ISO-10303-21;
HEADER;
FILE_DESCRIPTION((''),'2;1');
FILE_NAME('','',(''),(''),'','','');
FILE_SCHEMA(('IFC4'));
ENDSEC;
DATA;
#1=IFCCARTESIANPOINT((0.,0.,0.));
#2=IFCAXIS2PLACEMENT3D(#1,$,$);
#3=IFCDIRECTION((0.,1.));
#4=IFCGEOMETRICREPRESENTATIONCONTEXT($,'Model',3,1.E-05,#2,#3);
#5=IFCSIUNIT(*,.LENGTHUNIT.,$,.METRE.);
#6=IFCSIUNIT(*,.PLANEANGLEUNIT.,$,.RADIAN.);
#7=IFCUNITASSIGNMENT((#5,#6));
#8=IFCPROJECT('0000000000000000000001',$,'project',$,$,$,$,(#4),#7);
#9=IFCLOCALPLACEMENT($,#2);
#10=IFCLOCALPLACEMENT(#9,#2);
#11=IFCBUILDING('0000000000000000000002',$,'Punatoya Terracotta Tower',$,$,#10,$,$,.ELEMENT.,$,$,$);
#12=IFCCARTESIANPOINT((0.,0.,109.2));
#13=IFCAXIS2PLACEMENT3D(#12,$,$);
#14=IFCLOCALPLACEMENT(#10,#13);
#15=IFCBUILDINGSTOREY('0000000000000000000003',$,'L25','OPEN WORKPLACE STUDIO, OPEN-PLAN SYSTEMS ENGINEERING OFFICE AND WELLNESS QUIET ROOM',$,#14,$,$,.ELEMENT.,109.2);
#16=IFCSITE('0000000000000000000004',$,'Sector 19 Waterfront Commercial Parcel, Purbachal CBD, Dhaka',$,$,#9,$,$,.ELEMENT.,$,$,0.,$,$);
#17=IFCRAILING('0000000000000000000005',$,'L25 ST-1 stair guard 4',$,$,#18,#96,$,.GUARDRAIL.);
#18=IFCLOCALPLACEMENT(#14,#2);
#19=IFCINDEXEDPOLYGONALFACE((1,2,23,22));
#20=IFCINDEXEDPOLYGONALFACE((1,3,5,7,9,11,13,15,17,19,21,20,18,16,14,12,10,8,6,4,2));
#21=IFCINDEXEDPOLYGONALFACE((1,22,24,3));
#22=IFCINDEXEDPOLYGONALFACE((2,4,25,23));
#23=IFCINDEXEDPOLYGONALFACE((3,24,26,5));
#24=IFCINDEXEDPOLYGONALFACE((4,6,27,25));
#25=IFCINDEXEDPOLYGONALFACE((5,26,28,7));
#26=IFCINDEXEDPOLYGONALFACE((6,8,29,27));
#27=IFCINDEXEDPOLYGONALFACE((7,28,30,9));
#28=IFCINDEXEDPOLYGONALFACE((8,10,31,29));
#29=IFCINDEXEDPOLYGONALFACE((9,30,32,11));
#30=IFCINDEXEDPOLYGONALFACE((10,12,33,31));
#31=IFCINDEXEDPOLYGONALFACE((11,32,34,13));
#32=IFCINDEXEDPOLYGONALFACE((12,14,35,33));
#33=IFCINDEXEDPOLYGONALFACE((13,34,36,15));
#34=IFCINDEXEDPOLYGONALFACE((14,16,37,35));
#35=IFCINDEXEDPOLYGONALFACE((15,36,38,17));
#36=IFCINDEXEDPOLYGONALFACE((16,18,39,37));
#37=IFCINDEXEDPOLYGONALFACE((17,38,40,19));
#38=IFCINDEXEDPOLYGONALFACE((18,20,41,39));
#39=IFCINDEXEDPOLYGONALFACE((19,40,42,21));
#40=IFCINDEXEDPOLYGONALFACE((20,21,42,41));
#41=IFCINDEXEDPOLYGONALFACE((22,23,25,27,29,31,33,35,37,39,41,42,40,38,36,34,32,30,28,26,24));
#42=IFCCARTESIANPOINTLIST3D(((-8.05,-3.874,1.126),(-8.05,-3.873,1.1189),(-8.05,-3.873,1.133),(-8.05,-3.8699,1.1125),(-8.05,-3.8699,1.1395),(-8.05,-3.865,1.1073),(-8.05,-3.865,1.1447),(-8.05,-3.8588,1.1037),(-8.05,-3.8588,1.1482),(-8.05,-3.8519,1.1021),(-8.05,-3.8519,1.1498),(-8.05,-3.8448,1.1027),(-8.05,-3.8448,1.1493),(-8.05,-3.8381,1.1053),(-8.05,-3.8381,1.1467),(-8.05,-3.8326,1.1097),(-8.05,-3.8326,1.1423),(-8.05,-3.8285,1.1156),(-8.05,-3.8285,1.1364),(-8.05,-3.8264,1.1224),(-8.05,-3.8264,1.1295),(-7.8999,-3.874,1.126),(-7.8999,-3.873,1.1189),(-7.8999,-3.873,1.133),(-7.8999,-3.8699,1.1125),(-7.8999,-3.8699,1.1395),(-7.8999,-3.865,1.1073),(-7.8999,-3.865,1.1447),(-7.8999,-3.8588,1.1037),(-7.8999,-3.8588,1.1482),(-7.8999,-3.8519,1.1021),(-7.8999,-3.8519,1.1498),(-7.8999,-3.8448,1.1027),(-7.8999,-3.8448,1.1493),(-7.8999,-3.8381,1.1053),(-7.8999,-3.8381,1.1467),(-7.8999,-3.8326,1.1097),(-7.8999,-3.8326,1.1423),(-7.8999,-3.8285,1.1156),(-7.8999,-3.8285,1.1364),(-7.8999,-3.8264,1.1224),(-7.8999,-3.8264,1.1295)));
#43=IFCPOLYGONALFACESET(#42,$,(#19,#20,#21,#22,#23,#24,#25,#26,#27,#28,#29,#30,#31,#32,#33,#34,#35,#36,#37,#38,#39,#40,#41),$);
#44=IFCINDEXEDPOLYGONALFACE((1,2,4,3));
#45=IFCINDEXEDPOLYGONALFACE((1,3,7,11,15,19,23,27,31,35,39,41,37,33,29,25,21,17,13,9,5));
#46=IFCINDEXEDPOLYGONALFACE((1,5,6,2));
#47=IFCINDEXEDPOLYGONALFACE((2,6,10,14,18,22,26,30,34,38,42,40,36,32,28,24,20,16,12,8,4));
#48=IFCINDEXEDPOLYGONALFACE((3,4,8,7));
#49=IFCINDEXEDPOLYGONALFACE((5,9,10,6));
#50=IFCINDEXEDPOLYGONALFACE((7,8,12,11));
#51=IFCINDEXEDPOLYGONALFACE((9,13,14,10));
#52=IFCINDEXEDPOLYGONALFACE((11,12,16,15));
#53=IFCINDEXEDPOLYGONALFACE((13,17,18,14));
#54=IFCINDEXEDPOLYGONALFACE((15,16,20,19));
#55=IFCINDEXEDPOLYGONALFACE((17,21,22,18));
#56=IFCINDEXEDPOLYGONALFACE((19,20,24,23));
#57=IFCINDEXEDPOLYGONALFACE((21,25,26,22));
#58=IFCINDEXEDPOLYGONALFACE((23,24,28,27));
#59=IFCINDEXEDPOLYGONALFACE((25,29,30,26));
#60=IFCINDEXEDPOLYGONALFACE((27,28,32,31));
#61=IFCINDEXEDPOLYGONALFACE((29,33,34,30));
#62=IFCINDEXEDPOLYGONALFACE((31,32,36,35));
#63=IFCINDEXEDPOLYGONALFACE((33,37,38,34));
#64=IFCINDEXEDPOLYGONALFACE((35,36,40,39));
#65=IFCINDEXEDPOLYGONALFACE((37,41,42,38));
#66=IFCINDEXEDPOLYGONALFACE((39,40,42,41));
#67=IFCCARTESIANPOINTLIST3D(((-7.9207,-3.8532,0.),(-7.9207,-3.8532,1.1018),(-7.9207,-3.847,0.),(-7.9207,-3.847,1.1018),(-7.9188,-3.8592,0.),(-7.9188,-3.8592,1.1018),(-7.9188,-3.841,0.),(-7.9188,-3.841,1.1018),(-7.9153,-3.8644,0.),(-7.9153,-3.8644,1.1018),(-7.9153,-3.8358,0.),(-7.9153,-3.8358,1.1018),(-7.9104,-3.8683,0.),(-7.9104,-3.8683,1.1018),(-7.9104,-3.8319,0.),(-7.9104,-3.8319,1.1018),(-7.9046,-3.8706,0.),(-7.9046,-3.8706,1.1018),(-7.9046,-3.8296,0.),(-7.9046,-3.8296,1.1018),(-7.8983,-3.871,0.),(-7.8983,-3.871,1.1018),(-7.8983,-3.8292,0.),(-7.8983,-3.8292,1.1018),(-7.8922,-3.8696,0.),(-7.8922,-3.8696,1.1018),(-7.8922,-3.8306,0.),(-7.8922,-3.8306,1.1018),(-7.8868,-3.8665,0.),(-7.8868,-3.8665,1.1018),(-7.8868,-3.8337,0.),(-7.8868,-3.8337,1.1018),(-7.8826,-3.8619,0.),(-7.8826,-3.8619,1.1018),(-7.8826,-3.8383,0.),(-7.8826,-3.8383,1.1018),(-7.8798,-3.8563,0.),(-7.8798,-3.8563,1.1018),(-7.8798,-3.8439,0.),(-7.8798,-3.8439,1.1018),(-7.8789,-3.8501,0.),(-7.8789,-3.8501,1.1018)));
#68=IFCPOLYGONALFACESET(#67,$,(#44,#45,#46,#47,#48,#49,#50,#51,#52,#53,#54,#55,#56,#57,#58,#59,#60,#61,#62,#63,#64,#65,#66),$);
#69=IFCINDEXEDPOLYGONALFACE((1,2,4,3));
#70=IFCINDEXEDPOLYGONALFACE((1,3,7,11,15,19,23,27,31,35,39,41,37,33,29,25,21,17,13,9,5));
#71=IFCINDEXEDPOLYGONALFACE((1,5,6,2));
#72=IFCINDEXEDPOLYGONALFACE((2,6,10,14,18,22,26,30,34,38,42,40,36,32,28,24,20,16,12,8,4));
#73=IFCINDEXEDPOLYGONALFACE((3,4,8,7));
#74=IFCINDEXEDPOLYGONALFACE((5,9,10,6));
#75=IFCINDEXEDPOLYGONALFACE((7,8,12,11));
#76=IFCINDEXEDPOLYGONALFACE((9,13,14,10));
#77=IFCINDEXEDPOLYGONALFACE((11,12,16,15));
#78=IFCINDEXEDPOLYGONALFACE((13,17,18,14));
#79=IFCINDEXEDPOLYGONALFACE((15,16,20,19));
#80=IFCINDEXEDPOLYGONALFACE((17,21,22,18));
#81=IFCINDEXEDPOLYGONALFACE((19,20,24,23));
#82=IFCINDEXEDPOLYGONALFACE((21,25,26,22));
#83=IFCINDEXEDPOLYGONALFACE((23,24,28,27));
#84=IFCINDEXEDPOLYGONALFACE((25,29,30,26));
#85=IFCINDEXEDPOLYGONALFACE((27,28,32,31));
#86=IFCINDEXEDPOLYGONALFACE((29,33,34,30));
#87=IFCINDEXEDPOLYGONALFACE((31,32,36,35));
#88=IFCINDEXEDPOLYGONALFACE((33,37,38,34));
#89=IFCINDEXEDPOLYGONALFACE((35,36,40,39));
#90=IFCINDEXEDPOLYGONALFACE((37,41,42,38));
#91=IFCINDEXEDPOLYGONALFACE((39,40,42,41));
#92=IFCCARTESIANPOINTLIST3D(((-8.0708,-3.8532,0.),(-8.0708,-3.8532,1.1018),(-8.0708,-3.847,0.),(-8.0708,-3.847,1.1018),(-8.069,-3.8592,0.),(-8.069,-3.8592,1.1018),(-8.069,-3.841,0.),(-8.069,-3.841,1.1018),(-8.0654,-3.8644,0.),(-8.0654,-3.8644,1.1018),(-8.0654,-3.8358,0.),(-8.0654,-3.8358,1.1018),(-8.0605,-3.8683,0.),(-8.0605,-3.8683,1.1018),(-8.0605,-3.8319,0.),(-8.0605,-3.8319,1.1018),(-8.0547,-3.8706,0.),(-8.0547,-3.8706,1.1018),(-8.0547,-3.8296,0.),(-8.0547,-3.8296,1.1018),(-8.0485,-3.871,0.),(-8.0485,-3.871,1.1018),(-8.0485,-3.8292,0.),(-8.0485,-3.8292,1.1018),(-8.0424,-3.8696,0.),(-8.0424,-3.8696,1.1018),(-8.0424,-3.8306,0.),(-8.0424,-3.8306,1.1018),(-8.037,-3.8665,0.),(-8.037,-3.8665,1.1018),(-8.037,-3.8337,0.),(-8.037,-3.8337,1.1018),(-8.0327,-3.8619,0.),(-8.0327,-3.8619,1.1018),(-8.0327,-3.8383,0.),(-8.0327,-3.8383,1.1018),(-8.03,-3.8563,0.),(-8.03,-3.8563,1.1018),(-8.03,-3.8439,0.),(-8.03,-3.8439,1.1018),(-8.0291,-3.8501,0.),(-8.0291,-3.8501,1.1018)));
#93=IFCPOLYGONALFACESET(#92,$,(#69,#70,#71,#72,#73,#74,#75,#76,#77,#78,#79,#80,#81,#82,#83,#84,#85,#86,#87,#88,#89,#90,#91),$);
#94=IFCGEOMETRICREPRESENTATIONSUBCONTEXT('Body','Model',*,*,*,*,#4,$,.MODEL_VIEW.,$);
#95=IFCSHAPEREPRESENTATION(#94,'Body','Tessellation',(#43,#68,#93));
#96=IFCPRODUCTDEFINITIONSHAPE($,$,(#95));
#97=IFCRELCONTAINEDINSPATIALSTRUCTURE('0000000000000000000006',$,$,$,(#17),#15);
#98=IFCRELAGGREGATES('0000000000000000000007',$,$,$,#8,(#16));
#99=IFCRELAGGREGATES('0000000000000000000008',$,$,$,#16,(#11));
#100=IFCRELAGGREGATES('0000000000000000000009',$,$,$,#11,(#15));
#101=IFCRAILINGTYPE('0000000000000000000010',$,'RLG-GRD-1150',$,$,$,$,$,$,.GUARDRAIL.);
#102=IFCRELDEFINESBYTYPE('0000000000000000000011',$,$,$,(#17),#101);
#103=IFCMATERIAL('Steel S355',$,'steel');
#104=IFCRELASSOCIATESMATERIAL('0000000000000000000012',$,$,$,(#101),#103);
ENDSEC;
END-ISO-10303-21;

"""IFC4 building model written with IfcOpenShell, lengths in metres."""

from ifc_helpers import new_model, si_unit, direction, frame, origin, origin_2d, place, context, subcontext, project, spatial, circle, extrude, material, type_object, element, save


model = new_model("IFC4")

# Units and contexts
model_context = context("Model", 3, precision=1e-05, world=origin(), true_north=direction((0.0, 1.0)))
body_context = subcontext(model_context, "Body", "Model", "MODEL_VIEW")
ifc_project = project(units=[si_unit("LENGTHUNIT", "METRE"), si_unit("PLANEANGLEUNIT", "RADIAN")], contexts=[model_context])

# Site, building, storey
site_placement = place(None, origin())
site = spatial("IfcSite", under=ifc_project, at=site_placement, Name="Sector 19 Waterfront Commercial Parcel, Purbachal CBD, Dhaka", CompositionType="ELEMENT", RefElevation=0.0)
building_placement = place(site_placement, origin())
building = spatial("IfcBuilding", under=site, at=building_placement, Name="Punatoya Terracotta Tower", CompositionType="ELEMENT")
storey_placement = place(building_placement, frame((0.0, 0.0, 109.2)))
storey = spatial("IfcBuildingStorey", under=building, at=storey_placement, Name="L25", Description="OPEN WORKPLACE STUDIO, OPEN-PLAN SYSTEMS ENGINEERING OFFICE AND WELLNESS QUIET ROOM", CompositionType="ELEMENT", Elevation=109.2)

# Railing
ifc_material_1 = material(Name="Steel S355", Category="steel")
railing_type_1 = type_object("IfcRailingType", Name="RLG-GRD-1150", PredefinedType="GUARDRAIL", material=ifc_material_1)
railing_1_placement = place(storey_placement, frame((-7.8999, -3.8501, 0.0)))
element("IfcRailing", 1, at=railing_1_placement, inside=storey, type_object=railing_type_1, Name="L25 ST-1 stair guard 4", PredefinedType="GUARDRAIL", context=body_context, shape_type="SweptSolid", body=[
    extrude(circle(Radius=0.0239, at=origin_2d()), frame((0.0, 0.0, 1.126), z_axis=(-1.0, 0.0, 0.0), x_axis=(0.0, -1.0, 0.0)), (0.0, 0.0, 1.0), 0.1501),
    extrude(circle(Radius=0.021, at=origin_2d()), origin(), (0.0, 0.0, 1.0), 1.1018),
    extrude(circle(Radius=0.021, at=origin_2d()), frame((-0.1501, 0.0, 0.0)), (0.0, 0.0, 1.0), 1.1018),
])

save(model, "model.ifc")
